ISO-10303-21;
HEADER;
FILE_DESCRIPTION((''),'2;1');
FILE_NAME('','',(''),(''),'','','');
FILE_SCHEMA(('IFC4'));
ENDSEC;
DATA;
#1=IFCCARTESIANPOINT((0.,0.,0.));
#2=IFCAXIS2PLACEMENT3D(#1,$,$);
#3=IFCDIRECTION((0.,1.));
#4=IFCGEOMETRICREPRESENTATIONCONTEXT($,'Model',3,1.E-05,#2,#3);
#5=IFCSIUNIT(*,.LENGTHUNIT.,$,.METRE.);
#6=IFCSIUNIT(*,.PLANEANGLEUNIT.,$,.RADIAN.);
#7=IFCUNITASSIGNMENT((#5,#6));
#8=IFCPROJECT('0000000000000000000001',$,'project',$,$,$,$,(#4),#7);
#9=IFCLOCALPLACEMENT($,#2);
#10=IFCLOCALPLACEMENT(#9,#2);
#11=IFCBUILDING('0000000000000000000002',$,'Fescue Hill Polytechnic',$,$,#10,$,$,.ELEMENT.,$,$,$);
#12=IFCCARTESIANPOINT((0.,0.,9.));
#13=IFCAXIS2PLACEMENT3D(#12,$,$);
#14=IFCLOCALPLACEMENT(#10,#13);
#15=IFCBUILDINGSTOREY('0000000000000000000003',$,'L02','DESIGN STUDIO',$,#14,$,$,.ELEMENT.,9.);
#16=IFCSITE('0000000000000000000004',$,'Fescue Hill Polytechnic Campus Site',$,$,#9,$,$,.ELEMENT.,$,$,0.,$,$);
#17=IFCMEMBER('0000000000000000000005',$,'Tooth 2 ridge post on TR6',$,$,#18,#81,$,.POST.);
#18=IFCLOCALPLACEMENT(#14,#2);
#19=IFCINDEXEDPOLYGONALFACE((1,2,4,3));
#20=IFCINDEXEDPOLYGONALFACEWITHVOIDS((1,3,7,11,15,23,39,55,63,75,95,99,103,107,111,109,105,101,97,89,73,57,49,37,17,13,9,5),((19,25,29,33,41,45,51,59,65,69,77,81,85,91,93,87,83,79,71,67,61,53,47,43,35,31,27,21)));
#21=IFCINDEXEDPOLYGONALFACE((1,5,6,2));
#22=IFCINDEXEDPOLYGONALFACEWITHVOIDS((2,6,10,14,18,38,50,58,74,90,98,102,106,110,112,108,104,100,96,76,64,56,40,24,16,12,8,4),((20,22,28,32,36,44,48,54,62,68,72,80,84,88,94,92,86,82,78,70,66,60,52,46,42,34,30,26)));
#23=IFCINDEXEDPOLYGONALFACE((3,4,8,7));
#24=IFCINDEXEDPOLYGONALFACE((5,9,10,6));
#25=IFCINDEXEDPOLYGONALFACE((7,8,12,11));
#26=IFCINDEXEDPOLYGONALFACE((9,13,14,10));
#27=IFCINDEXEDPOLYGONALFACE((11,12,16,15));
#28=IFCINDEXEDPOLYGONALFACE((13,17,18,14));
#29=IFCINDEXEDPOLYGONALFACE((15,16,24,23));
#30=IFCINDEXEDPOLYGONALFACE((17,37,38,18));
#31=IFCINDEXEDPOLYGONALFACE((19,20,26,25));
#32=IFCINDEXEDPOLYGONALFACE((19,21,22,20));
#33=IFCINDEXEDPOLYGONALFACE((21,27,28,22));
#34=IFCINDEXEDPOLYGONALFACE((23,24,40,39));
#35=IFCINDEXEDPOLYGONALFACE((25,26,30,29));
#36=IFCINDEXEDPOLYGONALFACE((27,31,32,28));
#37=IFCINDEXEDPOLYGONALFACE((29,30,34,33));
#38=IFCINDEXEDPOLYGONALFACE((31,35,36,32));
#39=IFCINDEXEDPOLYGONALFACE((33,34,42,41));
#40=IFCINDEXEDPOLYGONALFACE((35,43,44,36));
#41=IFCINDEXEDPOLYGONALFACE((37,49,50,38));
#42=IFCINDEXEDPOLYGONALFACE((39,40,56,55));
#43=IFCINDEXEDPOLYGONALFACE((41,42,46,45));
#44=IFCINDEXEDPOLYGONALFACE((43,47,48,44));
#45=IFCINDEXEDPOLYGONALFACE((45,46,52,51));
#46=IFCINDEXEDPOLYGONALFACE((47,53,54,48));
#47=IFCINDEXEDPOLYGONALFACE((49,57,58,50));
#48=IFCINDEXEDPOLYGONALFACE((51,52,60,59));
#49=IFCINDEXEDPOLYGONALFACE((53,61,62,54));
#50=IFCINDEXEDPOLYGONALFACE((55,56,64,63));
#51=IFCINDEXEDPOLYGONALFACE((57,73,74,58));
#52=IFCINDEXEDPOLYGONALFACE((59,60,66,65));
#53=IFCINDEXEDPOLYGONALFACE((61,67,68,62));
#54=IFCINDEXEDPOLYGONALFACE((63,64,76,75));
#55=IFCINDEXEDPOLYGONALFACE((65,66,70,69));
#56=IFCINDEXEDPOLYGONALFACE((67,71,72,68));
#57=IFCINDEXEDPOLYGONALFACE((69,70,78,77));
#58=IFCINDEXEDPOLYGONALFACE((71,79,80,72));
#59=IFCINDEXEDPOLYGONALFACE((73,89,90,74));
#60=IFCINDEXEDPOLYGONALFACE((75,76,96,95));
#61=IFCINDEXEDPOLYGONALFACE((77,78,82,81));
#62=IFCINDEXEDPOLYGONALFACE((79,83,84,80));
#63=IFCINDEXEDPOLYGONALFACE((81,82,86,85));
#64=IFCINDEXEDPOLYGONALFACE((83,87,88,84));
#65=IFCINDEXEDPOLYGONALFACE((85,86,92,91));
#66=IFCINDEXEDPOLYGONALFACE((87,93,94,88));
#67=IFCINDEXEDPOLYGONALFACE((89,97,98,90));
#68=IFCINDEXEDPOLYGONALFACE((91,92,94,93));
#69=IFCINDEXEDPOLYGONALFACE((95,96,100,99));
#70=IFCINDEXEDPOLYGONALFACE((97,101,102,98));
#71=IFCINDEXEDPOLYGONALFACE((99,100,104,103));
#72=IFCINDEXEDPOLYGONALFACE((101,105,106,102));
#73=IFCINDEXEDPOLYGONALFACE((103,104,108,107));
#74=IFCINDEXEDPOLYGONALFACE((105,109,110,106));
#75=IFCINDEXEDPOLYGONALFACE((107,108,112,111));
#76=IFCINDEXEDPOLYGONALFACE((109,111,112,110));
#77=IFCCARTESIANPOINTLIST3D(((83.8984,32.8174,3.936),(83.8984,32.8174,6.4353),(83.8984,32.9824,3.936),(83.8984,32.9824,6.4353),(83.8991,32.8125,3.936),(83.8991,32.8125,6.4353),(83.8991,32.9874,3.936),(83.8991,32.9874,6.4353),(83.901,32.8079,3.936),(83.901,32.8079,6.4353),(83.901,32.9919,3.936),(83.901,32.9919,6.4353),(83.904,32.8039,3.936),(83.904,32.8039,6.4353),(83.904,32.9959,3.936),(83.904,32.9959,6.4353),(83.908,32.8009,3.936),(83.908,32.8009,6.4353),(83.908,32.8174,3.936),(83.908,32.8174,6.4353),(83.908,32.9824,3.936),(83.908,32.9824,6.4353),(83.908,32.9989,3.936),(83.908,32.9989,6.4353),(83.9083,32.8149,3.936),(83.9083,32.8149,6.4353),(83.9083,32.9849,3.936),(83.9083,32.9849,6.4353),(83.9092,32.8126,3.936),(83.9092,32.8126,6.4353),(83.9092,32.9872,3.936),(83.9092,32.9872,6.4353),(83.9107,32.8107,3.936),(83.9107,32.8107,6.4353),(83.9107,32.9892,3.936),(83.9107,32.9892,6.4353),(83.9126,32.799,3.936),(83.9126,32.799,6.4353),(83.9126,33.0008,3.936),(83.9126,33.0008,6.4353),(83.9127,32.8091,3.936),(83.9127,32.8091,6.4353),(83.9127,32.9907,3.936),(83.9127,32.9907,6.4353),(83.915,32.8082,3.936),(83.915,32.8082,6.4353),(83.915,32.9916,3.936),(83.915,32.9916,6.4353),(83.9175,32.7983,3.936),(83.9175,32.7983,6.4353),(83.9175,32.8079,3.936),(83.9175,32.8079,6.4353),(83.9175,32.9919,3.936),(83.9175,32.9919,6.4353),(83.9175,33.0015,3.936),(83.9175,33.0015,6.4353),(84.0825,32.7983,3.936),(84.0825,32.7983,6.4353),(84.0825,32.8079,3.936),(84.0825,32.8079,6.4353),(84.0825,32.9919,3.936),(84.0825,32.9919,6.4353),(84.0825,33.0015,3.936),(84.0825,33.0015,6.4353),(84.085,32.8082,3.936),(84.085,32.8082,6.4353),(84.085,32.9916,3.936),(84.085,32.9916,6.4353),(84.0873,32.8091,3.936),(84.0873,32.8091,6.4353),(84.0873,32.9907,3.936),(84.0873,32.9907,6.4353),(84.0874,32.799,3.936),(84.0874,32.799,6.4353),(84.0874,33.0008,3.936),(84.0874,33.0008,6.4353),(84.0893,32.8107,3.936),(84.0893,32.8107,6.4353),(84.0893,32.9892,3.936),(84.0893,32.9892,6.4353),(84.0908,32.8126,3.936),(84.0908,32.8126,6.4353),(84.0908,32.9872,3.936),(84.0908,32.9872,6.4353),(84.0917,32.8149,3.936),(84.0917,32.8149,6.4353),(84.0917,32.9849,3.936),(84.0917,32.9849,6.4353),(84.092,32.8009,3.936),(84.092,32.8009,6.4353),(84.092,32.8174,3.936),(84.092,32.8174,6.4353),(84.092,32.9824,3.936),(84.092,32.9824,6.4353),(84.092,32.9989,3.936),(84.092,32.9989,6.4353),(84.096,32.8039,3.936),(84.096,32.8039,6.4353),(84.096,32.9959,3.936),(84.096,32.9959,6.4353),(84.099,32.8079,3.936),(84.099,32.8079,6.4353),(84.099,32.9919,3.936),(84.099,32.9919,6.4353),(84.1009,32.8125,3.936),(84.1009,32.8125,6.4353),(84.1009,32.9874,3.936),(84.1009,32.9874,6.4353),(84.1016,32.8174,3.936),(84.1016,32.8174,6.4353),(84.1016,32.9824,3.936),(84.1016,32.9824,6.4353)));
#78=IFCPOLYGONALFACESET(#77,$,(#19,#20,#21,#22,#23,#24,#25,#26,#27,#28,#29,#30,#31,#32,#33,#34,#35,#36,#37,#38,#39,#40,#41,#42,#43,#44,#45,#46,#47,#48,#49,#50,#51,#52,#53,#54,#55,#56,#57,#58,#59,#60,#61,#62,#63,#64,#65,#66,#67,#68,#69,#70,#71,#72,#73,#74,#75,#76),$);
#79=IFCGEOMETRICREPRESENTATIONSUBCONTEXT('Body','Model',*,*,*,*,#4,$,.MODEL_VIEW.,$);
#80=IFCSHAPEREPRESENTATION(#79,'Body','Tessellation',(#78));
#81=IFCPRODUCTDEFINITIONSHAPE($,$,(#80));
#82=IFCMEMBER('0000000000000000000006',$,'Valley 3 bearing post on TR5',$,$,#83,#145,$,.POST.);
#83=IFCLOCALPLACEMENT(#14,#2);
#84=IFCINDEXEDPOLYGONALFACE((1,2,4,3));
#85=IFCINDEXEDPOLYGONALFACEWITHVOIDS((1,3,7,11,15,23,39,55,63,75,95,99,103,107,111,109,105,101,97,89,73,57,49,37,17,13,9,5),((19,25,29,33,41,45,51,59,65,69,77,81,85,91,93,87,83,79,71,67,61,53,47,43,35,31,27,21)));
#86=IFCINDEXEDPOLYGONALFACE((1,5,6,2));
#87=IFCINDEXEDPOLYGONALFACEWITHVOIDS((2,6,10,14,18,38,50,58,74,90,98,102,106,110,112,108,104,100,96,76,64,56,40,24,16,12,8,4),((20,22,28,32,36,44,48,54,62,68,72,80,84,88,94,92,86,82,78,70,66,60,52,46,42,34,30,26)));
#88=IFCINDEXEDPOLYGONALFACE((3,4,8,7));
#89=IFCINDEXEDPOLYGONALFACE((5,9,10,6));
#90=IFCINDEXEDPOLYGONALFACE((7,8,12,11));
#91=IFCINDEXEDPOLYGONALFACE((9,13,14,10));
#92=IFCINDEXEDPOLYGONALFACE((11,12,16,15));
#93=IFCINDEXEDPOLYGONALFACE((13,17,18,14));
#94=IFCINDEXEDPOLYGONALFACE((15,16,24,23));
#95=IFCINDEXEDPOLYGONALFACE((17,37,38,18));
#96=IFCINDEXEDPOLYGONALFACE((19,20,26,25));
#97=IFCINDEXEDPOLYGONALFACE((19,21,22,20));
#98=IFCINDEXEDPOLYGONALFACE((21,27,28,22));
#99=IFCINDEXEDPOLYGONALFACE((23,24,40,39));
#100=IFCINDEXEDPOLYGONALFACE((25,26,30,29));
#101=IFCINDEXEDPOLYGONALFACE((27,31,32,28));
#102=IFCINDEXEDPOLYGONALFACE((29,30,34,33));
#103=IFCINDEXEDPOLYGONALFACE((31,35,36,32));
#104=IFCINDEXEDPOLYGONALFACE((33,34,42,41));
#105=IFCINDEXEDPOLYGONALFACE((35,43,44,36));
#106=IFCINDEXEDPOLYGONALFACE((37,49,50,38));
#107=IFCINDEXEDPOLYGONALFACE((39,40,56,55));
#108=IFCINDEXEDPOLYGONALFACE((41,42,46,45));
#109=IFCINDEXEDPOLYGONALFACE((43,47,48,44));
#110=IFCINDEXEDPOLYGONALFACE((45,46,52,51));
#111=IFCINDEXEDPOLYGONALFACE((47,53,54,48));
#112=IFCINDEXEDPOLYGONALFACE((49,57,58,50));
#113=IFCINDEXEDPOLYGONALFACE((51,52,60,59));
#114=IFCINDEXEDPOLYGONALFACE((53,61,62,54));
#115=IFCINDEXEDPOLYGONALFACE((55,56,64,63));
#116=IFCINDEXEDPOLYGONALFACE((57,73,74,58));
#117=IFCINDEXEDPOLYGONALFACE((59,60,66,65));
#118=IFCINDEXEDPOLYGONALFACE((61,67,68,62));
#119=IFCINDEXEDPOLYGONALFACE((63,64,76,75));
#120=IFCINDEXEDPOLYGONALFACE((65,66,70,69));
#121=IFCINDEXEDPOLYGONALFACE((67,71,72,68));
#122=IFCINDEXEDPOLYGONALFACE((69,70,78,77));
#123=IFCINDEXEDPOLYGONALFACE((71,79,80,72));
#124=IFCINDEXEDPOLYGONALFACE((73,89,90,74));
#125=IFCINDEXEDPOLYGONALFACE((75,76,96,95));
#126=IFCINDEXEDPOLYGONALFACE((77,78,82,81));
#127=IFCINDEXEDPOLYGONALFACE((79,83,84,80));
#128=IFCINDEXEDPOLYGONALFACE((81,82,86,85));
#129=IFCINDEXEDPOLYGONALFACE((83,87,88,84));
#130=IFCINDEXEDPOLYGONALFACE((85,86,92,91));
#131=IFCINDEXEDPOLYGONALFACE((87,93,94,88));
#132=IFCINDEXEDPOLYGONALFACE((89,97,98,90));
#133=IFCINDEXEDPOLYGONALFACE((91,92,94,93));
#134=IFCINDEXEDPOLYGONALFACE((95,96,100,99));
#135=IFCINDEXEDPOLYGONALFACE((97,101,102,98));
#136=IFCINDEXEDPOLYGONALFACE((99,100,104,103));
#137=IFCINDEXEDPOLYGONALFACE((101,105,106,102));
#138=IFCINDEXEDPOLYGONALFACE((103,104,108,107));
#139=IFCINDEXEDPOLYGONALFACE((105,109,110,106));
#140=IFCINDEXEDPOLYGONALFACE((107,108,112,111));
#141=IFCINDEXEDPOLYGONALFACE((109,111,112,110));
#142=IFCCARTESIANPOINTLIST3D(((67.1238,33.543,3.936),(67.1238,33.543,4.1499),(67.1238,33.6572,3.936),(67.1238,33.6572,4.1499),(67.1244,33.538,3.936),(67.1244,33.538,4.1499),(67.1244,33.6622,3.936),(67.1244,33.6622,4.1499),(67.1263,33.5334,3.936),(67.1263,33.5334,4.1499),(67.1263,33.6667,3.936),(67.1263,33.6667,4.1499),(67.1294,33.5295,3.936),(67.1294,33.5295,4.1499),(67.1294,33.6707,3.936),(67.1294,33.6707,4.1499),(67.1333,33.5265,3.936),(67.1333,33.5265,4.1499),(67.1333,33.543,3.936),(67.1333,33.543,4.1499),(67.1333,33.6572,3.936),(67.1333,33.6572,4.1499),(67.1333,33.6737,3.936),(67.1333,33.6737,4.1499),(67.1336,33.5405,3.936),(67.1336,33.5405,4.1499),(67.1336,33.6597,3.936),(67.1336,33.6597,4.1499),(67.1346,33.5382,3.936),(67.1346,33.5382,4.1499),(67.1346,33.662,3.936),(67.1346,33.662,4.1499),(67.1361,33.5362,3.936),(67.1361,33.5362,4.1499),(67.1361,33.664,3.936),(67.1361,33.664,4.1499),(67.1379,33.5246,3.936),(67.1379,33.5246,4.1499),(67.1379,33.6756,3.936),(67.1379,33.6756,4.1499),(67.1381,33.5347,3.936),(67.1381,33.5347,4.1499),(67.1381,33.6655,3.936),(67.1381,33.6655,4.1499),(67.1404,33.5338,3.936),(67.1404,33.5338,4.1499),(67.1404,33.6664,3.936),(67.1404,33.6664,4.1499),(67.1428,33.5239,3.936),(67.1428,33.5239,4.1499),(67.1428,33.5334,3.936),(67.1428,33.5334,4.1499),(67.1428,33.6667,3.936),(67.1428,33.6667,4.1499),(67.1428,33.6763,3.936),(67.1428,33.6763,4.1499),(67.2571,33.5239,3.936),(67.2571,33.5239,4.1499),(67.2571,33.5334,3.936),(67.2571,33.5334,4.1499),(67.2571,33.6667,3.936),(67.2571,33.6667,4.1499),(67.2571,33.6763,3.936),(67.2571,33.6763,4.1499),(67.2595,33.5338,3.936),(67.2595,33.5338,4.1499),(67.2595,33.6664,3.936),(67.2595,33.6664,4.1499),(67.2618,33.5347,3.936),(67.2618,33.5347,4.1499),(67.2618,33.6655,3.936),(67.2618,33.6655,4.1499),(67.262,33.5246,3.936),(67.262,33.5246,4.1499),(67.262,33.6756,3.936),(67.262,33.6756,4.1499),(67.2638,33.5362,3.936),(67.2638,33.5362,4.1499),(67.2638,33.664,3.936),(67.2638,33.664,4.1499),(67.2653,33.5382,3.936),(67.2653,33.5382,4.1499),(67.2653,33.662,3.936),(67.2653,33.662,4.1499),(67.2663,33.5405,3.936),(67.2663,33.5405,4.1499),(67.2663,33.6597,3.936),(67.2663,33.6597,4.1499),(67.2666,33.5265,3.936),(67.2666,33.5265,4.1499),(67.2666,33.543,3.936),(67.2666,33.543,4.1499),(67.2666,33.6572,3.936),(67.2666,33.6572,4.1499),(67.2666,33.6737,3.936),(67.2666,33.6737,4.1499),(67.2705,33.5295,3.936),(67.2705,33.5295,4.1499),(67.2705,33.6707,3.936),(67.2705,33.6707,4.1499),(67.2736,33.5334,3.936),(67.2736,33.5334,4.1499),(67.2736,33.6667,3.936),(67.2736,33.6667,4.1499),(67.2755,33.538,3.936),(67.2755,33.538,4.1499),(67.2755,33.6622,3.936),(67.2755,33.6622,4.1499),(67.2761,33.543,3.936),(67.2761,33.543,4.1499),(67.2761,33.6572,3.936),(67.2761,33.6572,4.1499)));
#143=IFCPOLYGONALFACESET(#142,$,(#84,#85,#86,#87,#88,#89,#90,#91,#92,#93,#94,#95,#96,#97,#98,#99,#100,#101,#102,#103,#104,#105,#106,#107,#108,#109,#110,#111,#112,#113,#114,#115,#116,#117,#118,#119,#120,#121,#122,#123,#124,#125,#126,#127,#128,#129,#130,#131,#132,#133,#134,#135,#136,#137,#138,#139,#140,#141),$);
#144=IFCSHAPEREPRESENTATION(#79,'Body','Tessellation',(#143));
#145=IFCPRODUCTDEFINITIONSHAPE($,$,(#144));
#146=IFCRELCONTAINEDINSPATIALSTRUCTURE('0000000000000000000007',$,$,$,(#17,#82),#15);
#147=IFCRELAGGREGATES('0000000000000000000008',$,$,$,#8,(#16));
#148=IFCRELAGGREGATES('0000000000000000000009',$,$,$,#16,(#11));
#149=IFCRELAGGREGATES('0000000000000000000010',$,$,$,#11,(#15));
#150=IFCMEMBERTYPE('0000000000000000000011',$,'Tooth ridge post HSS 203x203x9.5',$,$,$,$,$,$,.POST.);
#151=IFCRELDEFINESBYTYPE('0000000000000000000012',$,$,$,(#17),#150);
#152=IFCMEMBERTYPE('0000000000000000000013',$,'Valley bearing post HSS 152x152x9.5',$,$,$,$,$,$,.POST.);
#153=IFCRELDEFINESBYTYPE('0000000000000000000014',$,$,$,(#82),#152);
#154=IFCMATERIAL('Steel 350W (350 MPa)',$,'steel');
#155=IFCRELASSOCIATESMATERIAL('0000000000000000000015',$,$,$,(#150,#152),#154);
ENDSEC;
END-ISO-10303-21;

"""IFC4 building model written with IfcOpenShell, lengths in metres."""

from ifc_helpers import new_model, si_unit, direction, frame, origin, origin_2d, place, context, subcontext, project, spatial, hollow_rectangle, extrude, material, material_profile, profile_set, type_object, element, save


model = new_model("IFC4")

# Units and contexts
model_context = context("Model", 3, precision=1e-05, world=origin(), true_north=direction((0.0, 1.0)))
body_context = subcontext(model_context, "Body", "Model", "MODEL_VIEW")
ifc_project = project(units=[si_unit("LENGTHUNIT", "METRE"), si_unit("PLANEANGLEUNIT", "RADIAN")], contexts=[model_context])

# Site, building, storey
site_placement = place(None, origin())
site = spatial("IfcSite", under=ifc_project, at=site_placement, Name="Fescue Hill Polytechnic Campus Site", CompositionType="ELEMENT", RefElevation=0.0)
building_placement = place(site_placement, origin())
building = spatial("IfcBuilding", under=site, at=building_placement, Name="Fescue Hill Polytechnic", CompositionType="ELEMENT")
storey_placement = place(building_placement, frame((0.0, 0.0, 9.0)))
storey = spatial("IfcBuildingStorey", under=building, at=storey_placement, Name="L02", Description="DESIGN STUDIO", CompositionType="ELEMENT", Elevation=9.0)

# Members
ifc_material = material(Name="Steel 350W (350 MPa)", Category="steel")
ifc_material_profile_1 = material_profile(ifc_material, hollow_rectangle(XDim=0.2031, YDim=0.2031, WallThickness=0.0095, InnerFilletRadius=0.0095, OuterFilletRadius=0.019, at=origin_2d()), Name="Tooth ridge post HSS 203x203x9.5")
ifc_profile_set_1 = profile_set([ifc_material_profile_1], Name="Steel 350W (350 MPa)")
member_type_1 = type_object("IfcMemberType", Name="Tooth ridge post HSS 203x203x9.5", PredefinedType="POST", material=ifc_profile_set_1)
for number, where, z_axis, x_axis, name in (
    (1, (84.0, 32.8999, 3.936), (0.0, 0.0, 1.0), (1.0, 0.0, 0.0), "Tooth 2 ridge post on TR6"),
):
    element("IfcMember", number, at=place(storey_placement, frame(where, z_axis=z_axis, x_axis=x_axis)), inside=storey, type_object=member_type_1, Name=name, PredefinedType="POST", context=body_context, shape_type="SweptSolid", body=[
        extrude(hollow_rectangle(XDim=0.2031, YDim=0.2031, WallThickness=0.0095, InnerFilletRadius=0.0095, OuterFilletRadius=0.019, at=origin_2d()), origin(), (0.0, 0.0, 1.0), 2.4993),
    ])
ifc_material_profile_2 = material_profile(ifc_material, hollow_rectangle(XDim=0.1523, YDim=0.1523, WallThickness=0.0095, InnerFilletRadius=0.0095, OuterFilletRadius=0.019, at=origin_2d()), Name="Valley bearing post HSS 152x152x9.5")
ifc_profile_set_2 = profile_set([ifc_material_profile_2], Name="Steel 350W (350 MPa)")
member_type_2 = type_object("IfcMemberType", Name="Valley bearing post HSS 152x152x9.5", PredefinedType="POST", material=ifc_profile_set_2)
for number, where, z_axis, x_axis, name in (
    (2, (67.2, 33.6001, 3.936), (0.0, 0.0, 1.0), (1.0, 0.0, 0.0), "Valley 3 bearing post on TR5"),
):
    element("IfcMember", number, at=place(storey_placement, frame(where, z_axis=z_axis, x_axis=x_axis)), inside=storey, type_object=member_type_2, Name=name, PredefinedType="POST", context=body_context, shape_type="SweptSolid", body=[
        extrude(hollow_rectangle(XDim=0.1523, YDim=0.1523, WallThickness=0.0095, InnerFilletRadius=0.0095, OuterFilletRadius=0.019, at=origin_2d()), origin(), (0.0, 0.0, 1.0), 0.2139),
    ])

save(model, "model.ifc")
